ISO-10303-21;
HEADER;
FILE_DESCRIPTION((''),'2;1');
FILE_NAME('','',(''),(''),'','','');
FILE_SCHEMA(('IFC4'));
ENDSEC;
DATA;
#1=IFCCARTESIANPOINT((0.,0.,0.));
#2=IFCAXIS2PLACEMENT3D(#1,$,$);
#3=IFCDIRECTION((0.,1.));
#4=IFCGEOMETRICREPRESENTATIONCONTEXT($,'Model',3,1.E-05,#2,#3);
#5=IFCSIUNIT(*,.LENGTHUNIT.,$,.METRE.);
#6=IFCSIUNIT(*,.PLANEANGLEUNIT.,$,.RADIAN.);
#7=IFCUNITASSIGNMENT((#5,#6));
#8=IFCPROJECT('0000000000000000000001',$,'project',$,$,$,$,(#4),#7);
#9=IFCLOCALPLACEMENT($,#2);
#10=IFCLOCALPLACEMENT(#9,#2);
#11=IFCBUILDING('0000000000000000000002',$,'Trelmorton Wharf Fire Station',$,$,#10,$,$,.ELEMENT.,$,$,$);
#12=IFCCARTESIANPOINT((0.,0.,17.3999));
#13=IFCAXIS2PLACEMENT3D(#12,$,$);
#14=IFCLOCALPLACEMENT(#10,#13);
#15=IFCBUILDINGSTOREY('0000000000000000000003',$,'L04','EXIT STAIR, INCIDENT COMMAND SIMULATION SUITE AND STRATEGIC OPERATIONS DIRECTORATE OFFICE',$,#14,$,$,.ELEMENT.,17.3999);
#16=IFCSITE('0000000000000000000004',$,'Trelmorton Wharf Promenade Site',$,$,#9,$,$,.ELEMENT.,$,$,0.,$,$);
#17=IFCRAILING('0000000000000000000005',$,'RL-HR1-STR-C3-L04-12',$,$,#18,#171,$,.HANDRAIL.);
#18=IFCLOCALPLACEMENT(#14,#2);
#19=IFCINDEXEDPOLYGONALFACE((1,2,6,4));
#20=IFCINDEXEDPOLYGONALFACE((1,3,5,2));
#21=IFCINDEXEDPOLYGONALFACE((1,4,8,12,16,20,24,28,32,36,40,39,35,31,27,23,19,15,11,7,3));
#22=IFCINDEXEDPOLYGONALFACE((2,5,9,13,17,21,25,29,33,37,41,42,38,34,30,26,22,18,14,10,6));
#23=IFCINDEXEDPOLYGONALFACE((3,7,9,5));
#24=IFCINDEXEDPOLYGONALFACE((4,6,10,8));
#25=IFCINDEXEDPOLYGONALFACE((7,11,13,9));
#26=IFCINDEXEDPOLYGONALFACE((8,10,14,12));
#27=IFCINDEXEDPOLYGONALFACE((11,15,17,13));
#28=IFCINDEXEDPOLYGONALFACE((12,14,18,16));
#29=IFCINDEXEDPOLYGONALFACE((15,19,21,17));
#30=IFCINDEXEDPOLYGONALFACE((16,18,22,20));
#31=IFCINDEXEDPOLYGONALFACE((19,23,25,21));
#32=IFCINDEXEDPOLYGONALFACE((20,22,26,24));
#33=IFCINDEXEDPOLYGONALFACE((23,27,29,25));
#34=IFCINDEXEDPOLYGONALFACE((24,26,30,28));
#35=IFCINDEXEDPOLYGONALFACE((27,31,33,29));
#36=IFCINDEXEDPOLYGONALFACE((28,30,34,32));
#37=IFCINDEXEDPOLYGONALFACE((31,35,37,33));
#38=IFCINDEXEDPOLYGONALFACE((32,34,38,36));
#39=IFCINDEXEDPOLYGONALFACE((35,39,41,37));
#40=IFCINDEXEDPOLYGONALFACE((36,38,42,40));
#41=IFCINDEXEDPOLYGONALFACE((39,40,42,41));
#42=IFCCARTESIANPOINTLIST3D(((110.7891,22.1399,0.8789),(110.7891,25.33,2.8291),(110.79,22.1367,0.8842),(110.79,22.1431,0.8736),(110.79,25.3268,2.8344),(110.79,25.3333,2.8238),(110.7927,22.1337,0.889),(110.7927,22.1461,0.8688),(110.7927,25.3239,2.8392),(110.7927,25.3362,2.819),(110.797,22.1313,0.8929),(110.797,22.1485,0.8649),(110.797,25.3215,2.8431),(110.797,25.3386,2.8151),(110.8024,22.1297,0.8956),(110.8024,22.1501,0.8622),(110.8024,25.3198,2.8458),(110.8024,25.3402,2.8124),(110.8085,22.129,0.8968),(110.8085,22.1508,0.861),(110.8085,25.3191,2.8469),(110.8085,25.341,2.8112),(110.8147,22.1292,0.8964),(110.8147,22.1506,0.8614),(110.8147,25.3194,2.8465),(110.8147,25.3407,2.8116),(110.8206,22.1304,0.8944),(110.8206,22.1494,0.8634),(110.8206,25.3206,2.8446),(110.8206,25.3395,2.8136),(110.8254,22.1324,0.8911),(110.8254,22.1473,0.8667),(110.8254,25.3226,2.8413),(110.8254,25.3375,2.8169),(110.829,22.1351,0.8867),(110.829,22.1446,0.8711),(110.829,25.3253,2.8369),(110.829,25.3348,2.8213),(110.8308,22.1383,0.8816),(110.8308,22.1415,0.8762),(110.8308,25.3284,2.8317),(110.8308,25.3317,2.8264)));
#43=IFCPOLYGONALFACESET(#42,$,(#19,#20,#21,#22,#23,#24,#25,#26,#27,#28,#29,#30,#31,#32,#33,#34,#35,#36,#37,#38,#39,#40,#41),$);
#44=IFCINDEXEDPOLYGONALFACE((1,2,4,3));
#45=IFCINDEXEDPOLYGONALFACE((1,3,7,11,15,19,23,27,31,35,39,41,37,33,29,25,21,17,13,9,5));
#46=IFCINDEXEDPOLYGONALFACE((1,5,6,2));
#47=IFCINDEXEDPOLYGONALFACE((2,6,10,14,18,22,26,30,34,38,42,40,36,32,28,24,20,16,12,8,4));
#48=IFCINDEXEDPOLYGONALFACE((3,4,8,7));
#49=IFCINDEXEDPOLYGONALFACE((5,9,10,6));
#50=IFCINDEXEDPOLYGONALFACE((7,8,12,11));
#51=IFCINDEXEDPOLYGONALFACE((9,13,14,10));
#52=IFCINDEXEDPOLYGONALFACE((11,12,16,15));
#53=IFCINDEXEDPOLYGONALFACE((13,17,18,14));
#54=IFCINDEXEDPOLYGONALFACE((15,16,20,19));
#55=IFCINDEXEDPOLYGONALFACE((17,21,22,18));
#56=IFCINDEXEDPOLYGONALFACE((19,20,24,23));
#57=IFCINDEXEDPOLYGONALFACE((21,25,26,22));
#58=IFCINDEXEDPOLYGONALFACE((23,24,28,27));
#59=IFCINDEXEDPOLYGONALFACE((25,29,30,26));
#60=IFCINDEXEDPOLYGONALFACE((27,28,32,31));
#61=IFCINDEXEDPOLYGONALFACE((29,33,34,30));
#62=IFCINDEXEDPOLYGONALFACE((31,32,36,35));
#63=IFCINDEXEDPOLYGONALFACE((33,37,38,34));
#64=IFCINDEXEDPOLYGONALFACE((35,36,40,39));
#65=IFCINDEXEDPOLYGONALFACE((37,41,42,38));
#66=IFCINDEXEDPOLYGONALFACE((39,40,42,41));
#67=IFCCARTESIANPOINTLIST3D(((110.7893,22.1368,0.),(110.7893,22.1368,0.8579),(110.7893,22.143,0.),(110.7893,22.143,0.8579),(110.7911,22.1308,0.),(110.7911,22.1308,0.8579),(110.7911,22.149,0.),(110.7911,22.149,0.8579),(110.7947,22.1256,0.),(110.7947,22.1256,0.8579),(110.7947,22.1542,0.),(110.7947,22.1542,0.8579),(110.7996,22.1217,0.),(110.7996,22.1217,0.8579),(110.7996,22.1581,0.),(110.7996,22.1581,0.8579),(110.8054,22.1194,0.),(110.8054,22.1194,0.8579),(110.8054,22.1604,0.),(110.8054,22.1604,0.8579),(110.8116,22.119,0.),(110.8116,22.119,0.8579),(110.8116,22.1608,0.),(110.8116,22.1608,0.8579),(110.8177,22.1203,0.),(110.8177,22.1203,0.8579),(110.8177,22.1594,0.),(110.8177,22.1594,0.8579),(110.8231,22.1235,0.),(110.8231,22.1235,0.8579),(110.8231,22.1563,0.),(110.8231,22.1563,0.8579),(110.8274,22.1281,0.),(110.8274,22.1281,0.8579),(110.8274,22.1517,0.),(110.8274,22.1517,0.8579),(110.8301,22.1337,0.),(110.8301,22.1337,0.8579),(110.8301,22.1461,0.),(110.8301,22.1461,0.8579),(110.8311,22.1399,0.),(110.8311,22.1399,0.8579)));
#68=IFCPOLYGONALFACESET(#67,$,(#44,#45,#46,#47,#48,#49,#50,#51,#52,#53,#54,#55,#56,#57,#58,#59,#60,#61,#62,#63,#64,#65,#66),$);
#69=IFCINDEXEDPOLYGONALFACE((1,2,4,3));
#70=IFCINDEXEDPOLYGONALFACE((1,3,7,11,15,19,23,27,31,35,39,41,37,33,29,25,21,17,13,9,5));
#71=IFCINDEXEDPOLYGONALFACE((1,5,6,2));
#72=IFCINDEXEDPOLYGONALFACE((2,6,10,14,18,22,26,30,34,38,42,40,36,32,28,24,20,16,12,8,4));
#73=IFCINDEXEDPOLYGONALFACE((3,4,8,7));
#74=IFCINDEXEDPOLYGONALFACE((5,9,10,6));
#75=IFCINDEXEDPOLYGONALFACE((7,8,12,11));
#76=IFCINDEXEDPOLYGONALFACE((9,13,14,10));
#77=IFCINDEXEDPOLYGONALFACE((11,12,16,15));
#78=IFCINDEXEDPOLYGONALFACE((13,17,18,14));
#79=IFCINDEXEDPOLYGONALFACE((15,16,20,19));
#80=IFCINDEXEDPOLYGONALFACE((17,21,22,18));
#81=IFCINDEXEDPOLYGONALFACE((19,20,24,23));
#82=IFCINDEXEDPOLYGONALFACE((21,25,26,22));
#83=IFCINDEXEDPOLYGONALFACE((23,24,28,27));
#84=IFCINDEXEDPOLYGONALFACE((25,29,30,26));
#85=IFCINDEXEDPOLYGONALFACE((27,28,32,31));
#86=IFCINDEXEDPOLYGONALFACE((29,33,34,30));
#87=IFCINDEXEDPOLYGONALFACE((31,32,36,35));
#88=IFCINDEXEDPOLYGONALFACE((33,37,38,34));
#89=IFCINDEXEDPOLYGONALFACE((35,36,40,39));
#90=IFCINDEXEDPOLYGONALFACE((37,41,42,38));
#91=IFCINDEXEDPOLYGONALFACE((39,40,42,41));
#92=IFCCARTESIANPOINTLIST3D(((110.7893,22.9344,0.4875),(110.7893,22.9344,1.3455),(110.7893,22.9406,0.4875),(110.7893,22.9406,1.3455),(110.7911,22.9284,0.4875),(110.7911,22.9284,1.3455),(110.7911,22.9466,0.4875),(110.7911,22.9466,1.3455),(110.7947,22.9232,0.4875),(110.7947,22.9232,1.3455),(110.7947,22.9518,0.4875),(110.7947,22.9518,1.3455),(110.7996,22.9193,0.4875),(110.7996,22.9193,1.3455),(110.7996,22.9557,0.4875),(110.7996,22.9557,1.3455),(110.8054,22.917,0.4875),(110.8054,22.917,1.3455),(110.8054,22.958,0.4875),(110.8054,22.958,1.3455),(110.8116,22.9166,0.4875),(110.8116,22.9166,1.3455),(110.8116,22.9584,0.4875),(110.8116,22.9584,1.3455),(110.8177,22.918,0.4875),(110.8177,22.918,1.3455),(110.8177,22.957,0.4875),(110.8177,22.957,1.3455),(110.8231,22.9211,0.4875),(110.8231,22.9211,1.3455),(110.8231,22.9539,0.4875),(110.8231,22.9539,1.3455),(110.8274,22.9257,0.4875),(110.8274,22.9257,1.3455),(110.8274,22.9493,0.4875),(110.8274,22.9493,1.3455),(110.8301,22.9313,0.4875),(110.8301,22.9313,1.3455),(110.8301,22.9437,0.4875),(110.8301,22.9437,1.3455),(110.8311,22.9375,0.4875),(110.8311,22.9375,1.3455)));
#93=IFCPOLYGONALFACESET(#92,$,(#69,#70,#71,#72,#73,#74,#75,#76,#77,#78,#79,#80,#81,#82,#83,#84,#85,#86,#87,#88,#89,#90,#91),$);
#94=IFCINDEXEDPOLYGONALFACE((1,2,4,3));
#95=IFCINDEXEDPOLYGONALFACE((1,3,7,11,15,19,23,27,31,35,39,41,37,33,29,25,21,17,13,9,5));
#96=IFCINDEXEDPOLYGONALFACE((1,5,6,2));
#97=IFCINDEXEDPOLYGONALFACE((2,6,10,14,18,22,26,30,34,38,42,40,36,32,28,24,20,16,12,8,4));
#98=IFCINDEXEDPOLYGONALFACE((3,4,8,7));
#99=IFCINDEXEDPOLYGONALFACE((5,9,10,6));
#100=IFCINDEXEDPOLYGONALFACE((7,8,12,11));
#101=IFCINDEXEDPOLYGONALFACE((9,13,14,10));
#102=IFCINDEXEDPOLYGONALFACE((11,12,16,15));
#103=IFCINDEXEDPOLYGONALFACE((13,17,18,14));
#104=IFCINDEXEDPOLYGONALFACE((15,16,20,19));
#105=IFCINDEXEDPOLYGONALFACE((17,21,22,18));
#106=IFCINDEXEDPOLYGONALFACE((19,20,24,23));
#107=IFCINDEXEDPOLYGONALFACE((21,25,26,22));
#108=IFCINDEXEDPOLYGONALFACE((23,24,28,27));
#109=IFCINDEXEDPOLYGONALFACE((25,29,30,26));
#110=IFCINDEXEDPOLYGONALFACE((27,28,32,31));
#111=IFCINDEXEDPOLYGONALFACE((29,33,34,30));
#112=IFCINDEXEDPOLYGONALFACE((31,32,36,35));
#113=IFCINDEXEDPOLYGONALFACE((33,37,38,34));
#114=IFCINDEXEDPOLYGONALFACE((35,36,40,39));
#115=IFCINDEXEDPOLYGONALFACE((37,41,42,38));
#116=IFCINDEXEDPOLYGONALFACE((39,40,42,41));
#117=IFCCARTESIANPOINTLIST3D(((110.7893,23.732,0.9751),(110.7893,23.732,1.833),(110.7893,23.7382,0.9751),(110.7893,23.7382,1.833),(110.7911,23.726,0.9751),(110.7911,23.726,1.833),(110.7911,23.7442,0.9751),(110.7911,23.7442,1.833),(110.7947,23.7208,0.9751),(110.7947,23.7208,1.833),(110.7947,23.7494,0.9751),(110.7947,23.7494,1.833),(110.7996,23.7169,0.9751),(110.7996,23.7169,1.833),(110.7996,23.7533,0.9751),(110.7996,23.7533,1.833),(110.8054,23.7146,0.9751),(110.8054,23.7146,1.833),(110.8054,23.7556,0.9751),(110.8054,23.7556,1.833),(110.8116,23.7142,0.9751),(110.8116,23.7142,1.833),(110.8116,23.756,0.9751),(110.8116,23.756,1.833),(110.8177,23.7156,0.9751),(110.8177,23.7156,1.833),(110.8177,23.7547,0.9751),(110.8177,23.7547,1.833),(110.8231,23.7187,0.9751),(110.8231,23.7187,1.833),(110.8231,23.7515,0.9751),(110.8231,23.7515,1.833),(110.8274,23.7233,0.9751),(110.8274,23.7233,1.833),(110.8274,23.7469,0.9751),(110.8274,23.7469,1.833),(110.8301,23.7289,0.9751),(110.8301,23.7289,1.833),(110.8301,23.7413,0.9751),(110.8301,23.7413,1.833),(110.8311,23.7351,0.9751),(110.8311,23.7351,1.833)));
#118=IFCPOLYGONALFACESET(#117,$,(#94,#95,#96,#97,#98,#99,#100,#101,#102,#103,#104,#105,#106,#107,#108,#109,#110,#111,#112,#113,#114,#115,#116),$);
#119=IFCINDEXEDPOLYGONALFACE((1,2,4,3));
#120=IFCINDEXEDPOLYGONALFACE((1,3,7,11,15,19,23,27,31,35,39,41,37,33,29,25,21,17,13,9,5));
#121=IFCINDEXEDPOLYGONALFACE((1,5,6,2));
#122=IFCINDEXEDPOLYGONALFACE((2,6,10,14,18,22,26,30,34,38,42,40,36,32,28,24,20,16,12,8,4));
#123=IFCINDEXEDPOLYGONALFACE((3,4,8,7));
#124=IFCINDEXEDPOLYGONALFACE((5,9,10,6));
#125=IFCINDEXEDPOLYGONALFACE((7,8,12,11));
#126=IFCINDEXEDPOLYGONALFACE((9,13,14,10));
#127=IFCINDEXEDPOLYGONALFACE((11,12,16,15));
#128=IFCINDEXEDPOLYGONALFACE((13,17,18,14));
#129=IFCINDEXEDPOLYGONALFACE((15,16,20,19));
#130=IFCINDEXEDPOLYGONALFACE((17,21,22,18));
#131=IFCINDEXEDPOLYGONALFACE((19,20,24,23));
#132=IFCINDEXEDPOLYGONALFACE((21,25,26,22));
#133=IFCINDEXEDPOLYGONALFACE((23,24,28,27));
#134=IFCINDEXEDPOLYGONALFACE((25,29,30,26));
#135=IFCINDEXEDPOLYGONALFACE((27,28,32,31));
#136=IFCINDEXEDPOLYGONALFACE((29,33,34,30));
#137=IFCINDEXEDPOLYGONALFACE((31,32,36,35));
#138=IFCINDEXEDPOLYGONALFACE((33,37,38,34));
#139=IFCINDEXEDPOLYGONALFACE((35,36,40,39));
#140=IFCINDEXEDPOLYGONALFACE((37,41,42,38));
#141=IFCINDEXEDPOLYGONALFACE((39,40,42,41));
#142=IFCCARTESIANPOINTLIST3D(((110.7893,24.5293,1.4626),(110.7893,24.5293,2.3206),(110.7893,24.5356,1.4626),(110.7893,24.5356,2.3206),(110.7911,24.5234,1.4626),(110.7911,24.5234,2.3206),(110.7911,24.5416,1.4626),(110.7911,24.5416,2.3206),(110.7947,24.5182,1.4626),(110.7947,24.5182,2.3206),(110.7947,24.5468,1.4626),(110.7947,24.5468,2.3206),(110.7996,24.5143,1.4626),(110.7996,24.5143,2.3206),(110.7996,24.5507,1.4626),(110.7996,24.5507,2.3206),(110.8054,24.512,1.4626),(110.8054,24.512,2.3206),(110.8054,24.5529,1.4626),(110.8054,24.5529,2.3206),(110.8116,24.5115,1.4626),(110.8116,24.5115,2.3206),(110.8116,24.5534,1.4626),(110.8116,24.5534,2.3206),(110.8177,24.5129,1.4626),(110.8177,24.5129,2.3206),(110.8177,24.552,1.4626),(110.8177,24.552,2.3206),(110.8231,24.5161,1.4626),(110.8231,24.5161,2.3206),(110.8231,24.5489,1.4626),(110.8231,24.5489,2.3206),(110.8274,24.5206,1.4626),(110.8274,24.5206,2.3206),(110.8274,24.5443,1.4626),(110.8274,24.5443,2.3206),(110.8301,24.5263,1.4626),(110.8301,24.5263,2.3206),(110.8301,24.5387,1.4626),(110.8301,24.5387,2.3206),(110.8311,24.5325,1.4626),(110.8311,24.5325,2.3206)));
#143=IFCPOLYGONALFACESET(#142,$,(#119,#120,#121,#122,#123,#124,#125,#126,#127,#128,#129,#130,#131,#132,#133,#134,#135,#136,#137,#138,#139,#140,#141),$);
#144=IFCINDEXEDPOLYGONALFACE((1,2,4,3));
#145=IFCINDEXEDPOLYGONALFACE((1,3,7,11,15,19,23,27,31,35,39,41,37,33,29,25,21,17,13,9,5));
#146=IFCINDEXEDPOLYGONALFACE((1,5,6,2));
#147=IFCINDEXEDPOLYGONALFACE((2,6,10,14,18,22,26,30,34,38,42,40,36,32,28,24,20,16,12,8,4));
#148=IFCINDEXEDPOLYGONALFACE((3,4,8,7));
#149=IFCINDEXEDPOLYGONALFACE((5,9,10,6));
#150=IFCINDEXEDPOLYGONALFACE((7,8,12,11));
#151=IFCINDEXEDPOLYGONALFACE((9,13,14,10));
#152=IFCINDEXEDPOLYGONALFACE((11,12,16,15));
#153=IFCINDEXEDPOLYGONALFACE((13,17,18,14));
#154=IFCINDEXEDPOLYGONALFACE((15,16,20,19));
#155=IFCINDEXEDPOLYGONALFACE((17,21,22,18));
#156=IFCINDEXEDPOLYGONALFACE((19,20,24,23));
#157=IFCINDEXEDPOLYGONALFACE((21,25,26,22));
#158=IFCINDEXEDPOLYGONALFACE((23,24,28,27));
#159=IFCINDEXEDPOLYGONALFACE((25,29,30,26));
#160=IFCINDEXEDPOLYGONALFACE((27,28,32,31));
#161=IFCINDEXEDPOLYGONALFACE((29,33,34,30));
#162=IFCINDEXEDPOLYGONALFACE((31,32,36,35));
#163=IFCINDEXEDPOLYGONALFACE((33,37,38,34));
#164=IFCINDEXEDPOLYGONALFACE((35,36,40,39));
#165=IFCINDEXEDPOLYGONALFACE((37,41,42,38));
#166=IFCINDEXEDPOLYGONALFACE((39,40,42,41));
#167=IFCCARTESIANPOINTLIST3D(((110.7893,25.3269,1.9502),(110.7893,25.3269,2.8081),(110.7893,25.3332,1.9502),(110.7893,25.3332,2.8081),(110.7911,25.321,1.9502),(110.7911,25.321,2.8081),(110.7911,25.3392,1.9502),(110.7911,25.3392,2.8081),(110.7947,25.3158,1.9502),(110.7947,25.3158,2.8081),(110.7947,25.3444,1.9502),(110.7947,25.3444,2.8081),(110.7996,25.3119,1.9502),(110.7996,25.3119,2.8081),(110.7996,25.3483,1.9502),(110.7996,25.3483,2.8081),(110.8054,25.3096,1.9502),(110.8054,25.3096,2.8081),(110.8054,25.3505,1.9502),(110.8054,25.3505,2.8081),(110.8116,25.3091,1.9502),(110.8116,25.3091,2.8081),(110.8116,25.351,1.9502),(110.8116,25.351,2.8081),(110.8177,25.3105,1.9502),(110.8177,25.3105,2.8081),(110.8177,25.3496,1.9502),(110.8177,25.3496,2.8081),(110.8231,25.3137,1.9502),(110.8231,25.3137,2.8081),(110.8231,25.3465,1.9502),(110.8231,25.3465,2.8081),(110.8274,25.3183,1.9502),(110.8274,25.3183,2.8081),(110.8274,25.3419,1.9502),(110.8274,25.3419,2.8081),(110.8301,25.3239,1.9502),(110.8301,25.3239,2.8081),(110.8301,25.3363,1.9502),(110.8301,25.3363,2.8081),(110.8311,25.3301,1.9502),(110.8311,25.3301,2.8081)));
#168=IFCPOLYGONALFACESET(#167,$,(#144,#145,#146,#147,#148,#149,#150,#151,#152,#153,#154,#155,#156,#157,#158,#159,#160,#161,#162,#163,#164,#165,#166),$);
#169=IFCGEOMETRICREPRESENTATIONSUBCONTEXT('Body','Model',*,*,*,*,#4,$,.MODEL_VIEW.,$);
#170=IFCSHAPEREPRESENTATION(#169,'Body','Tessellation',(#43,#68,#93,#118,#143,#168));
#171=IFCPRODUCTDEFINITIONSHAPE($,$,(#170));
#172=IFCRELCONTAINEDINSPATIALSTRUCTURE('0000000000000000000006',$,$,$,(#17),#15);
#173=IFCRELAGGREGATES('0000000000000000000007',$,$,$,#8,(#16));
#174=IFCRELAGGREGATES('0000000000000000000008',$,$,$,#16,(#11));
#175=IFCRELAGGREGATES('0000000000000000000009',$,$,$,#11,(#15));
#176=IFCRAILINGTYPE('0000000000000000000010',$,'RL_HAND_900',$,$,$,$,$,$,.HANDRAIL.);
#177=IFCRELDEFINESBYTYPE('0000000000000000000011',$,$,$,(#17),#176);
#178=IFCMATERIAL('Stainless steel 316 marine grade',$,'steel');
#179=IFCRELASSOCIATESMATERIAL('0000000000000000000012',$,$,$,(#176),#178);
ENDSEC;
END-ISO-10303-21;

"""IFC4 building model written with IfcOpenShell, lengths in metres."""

from ifc_helpers import new_model, si_unit, direction, frame, origin, origin_2d, place, context, subcontext, project, spatial, circle, extrude, material, type_object, element, save


model = new_model("IFC4")

# Units and contexts
model_context = context("Model", 3, precision=1e-05, world=origin(), true_north=direction((0.0, 1.0)))
body_context = subcontext(model_context, "Body", "Model", "MODEL_VIEW")
ifc_project = project(units=[si_unit("LENGTHUNIT", "METRE"), si_unit("PLANEANGLEUNIT", "RADIAN")], contexts=[model_context])

# Site, building, storey
site_placement = place(None, origin())
site = spatial("IfcSite", under=ifc_project, at=site_placement, Name="Trelmorton Wharf Promenade Site", CompositionType="ELEMENT", RefElevation=0.0)
building_placement = place(site_placement, origin())
building = spatial("IfcBuilding", under=site, at=building_placement, Name="Trelmorton Wharf Fire Station", CompositionType="ELEMENT")
storey_placement = place(building_placement, frame((0.0, 0.0, 17.3999)))
storey = spatial("IfcBuildingStorey", under=building, at=storey_placement, Name="L04", Description="EXIT STAIR, INCIDENT COMMAND SIMULATION SUITE AND STRATEGIC OPERATIONS DIRECTORATE OFFICE", CompositionType="ELEMENT", Elevation=17.3999)

# Shared definitions
ifc_material_1 = material(Name="Stainless steel 316 marine grade", Category="steel")

# Railing
railing_type_1 = type_object("IfcRailingType", Name="RL_HAND_900", PredefinedType="HANDRAIL", material=ifc_material_1)
railing_1_placement = place(storey_placement, frame((110.8101, 22.1399, 0.0)))
element("IfcRailing", 1, at=railing_1_placement, inside=storey, type_object=railing_type_1, Name="RL-HR1-STR-C3-L04-12", PredefinedType="HANDRAIL", context=body_context, shape_type="SweptSolid", body=[
    extrude(circle(Radius=0.021, at=origin_2d()), frame((0.0, 0.0, 0.8789), z_axis=(0.0, 0.853206, 0.521574), x_axis=(-1.0, 0.0, 0.0)), (0.0, 0.0, 1.0), 3.739),
    extrude(circle(Radius=0.021, at=origin_2d()), origin(), (0.0, 0.0, 1.0), 0.8579),
    extrude(circle(Radius=0.021, at=origin_2d()), frame((0.0, 0.7976, 0.4875)), (0.0, 0.0, 1.0), 0.8579),
    extrude(circle(Radius=0.021, at=origin_2d()), frame((0.0, 1.5952, 0.9751)), (0.0, 0.0, 1.0), 0.8579),
    extrude(circle(Radius=0.021, at=origin_2d()), frame((0.0, 2.3926, 1.4626)), (0.0, 0.0, 1.0), 0.8579),
    extrude(circle(Radius=0.021, at=origin_2d()), frame((0.0, 3.1902, 1.9502)), (0.0, 0.0, 1.0), 0.8579),
])

save(model, "model.ifc")
